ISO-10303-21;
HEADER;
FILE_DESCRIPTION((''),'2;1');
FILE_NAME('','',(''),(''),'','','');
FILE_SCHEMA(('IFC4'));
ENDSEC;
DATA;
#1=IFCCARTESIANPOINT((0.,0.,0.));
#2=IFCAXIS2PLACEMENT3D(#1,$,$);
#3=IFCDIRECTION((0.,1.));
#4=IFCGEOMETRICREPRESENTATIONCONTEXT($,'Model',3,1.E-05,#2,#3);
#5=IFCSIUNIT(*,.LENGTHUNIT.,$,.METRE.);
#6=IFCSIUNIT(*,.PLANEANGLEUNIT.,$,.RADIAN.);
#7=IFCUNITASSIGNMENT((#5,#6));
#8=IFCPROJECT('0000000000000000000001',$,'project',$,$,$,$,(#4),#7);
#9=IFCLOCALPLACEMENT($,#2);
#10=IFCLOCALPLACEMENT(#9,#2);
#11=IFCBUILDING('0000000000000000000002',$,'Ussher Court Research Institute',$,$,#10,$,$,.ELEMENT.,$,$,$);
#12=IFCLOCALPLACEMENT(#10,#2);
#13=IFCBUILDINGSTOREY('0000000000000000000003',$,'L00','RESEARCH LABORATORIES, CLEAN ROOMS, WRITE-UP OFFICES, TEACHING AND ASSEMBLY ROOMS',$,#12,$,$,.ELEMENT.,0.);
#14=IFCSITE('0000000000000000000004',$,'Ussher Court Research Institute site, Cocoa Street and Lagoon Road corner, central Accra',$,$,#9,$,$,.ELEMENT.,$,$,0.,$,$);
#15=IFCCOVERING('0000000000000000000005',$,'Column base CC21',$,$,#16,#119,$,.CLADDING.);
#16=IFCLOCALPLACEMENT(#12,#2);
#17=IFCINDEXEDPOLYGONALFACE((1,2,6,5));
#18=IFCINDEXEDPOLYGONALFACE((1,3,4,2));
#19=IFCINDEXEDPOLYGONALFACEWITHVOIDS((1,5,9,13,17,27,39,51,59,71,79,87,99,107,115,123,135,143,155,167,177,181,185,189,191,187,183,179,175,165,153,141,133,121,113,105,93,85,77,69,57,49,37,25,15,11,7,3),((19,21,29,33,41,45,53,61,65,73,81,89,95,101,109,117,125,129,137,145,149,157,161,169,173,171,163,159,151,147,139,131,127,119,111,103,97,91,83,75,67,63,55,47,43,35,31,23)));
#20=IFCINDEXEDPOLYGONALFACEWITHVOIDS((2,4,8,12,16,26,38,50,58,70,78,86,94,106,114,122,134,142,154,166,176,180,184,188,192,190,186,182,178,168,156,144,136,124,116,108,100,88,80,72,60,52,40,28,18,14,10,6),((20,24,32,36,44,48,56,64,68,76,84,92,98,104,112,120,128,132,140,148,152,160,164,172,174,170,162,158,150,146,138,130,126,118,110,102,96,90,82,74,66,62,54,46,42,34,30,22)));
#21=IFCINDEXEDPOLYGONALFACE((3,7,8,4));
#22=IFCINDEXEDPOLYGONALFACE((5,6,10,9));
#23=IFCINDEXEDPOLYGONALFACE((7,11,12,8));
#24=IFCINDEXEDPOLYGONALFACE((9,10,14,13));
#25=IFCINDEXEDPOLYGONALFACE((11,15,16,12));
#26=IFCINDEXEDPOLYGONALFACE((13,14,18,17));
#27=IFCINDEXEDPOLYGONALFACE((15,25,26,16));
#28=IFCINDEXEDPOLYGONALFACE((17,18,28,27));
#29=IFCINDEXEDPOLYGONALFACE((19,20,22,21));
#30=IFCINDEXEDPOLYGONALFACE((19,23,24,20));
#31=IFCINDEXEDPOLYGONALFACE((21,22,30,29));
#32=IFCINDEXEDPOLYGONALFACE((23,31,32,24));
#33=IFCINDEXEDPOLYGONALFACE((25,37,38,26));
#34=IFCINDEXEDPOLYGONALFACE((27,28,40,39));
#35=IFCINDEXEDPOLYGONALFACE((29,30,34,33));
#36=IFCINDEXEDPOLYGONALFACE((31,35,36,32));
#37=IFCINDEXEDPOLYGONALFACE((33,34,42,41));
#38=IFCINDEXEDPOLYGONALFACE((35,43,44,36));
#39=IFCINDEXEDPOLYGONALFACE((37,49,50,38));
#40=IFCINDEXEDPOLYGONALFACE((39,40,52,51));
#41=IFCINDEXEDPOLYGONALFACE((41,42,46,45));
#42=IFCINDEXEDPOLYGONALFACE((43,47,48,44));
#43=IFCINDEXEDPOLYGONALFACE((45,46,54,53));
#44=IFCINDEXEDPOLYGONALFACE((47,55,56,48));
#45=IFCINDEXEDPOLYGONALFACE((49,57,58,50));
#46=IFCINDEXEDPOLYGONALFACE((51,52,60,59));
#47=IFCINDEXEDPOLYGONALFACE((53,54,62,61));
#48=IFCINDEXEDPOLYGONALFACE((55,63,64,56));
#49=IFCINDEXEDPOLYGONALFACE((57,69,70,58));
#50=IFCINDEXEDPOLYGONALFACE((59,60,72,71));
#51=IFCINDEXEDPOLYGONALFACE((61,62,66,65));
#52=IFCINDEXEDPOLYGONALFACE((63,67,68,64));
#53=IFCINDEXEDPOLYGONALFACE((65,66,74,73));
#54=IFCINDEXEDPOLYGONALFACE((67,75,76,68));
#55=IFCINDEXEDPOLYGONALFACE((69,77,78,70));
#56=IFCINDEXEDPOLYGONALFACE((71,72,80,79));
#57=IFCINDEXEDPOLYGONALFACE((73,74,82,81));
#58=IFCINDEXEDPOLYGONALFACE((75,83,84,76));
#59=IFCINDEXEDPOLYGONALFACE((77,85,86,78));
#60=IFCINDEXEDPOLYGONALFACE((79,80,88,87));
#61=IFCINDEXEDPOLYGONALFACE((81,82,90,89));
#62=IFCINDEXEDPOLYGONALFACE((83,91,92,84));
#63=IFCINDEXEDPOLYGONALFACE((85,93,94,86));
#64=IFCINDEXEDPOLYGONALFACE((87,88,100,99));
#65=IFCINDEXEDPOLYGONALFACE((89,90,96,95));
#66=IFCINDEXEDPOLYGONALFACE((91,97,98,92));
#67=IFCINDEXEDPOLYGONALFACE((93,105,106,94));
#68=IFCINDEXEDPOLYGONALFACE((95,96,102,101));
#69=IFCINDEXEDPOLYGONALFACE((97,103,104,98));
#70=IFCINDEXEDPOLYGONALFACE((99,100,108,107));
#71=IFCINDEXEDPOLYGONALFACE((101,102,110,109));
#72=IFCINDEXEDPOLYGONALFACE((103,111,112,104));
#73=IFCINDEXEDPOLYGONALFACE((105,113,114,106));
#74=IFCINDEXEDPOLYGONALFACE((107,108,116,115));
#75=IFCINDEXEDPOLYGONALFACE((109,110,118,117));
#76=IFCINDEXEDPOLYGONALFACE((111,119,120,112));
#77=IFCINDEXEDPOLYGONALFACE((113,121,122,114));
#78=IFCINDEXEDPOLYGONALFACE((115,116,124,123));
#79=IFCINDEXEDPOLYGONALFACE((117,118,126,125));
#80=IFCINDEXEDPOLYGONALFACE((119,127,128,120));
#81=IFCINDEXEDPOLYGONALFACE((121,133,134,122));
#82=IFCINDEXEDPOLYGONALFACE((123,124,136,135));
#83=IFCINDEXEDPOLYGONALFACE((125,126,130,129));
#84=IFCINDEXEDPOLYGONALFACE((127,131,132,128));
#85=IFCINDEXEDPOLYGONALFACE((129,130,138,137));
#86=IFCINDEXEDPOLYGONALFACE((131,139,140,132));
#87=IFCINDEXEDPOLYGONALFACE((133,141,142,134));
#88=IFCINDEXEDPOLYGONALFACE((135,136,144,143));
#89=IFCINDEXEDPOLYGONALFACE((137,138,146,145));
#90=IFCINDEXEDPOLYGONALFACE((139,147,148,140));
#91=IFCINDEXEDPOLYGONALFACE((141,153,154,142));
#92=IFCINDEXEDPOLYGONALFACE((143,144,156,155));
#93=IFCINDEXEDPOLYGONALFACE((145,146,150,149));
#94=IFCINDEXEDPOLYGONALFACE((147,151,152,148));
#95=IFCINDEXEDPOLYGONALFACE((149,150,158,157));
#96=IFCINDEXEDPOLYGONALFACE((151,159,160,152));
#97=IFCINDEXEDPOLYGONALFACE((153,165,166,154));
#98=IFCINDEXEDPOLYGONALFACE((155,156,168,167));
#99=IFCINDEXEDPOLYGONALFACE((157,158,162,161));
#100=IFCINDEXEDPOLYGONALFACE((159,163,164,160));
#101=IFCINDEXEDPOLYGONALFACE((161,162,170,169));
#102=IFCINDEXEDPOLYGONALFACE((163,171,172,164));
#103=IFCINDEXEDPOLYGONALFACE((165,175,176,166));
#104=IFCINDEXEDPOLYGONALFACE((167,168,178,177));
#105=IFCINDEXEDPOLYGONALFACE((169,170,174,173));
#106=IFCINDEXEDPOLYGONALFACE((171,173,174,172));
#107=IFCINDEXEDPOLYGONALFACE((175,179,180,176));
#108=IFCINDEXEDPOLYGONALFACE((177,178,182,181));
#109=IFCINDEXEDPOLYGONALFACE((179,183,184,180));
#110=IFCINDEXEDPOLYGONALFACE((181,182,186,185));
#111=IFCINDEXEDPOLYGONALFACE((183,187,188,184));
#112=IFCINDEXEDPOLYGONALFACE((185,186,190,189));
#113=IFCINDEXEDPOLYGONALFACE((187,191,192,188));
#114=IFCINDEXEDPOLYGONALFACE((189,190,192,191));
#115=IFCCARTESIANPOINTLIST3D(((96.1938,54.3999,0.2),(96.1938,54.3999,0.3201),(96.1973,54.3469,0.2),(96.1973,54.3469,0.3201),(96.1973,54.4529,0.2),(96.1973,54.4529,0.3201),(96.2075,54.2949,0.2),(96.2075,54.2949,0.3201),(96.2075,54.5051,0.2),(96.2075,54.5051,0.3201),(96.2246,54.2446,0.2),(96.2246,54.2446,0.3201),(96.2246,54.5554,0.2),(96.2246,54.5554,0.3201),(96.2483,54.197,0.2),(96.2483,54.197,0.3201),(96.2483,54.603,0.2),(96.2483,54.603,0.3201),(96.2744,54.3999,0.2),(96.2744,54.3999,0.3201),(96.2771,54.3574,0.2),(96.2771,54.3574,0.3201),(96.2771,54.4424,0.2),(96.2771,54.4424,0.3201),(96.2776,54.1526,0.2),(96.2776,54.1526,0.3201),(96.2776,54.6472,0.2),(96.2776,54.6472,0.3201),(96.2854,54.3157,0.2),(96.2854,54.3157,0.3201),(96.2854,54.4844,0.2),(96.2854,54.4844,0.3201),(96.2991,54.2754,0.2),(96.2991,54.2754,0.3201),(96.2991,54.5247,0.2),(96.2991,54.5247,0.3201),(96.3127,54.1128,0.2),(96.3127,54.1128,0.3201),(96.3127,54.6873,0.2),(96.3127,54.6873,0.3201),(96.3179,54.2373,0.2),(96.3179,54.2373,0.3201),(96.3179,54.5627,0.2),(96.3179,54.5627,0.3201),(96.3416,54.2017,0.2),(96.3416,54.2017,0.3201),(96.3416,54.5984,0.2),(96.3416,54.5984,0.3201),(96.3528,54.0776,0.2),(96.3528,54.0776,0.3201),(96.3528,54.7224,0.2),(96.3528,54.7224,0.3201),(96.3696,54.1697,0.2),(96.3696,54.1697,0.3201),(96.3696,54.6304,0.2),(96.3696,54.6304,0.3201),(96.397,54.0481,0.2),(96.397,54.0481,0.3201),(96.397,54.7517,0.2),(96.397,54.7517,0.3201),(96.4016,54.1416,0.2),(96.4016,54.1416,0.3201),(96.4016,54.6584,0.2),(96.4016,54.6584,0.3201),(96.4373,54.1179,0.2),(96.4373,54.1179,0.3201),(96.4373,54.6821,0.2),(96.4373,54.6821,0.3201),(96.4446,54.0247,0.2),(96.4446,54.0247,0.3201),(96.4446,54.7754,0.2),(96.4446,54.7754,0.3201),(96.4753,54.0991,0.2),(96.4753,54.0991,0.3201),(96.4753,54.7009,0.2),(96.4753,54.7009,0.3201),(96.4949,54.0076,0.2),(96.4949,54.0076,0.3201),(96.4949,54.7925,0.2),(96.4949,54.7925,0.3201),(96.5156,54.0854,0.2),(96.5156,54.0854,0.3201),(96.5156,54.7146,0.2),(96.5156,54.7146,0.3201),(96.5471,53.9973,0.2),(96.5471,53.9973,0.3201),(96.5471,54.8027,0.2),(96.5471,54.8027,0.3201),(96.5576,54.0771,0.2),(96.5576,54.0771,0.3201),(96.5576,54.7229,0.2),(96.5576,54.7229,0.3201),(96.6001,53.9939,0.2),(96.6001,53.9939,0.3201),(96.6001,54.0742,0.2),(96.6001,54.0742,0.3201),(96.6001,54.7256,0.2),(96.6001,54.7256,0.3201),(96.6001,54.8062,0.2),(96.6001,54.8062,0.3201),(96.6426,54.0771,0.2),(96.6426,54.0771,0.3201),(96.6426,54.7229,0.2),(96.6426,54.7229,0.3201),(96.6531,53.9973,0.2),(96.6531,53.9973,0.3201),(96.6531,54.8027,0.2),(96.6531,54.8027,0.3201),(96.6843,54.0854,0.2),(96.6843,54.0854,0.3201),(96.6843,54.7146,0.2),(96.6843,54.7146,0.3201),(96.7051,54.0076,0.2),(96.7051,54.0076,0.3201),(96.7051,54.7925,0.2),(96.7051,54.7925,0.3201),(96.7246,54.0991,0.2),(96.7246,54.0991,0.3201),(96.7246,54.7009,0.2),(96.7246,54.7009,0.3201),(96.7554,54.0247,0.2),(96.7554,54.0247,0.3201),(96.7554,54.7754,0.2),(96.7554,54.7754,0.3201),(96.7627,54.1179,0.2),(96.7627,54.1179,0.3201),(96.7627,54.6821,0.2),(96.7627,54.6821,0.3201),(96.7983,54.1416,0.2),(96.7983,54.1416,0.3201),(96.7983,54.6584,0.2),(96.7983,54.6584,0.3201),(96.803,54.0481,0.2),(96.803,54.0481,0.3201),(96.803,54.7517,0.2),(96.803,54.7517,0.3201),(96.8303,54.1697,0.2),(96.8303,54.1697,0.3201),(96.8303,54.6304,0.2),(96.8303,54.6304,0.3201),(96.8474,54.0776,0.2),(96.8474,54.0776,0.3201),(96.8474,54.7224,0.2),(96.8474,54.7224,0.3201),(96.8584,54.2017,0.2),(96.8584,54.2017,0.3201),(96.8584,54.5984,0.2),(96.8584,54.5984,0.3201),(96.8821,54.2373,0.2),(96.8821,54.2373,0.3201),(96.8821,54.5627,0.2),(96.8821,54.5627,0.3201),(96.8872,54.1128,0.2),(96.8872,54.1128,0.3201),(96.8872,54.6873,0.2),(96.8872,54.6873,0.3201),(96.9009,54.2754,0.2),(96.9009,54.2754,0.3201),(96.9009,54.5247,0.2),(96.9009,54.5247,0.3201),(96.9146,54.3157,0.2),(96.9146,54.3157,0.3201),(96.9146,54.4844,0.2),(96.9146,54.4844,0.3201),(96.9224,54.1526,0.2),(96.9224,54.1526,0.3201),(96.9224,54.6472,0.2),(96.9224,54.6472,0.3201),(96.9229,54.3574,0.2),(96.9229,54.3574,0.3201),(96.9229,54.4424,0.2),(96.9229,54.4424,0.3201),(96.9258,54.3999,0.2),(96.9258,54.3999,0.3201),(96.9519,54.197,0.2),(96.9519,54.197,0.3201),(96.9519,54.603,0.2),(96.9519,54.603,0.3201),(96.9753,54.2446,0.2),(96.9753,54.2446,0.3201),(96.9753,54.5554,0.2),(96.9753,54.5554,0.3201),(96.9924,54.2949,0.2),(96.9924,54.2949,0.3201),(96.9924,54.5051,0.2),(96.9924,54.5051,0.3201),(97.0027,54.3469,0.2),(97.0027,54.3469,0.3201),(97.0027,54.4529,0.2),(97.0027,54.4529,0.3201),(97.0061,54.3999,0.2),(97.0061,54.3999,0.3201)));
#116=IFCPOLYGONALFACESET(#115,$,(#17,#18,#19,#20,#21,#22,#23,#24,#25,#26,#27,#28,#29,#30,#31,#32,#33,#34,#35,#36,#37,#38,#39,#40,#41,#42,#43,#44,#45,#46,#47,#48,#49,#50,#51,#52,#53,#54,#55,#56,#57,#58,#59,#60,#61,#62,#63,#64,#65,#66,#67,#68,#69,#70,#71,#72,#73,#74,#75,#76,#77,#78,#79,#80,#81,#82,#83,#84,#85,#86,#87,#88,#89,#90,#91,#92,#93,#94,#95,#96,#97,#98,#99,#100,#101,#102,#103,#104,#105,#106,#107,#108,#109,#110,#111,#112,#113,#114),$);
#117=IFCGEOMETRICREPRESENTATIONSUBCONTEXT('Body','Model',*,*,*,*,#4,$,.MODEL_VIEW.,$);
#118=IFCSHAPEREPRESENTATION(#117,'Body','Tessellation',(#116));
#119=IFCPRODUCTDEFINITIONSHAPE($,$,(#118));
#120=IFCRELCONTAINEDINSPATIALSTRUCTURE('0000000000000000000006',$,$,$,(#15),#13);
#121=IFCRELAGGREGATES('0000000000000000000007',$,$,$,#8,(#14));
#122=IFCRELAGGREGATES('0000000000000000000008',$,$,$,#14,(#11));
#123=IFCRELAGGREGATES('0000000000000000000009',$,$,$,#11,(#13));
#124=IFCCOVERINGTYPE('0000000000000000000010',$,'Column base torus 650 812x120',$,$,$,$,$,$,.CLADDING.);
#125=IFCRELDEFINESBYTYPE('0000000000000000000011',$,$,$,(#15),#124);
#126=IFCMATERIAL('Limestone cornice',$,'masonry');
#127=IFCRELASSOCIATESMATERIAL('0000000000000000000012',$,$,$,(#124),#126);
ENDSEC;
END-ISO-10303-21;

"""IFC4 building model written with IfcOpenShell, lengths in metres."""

from ifc_helpers import new_model, si_unit, direction, frame, origin, place, context, subcontext, project, spatial, polyline, outline, extrude, material, type_object, element, save


model = new_model("IFC4")

# Units and contexts
model_context = context("Model", 3, precision=1e-05, world=origin(), true_north=direction((0.0, 1.0)))
body_context = subcontext(model_context, "Body", "Model", "MODEL_VIEW")
ifc_project = project(units=[si_unit("LENGTHUNIT", "METRE"), si_unit("PLANEANGLEUNIT", "RADIAN")], contexts=[model_context])

# Site, building, storey
site_placement = place(None, origin())
site = spatial("IfcSite", under=ifc_project, at=site_placement, Name="Ussher Court Research Institute site, Cocoa Street and Lagoon Road corner, central Accra", CompositionType="ELEMENT", RefElevation=0.0)
building_placement = place(site_placement, origin())
building = spatial("IfcBuilding", under=site, at=building_placement, Name="Ussher Court Research Institute", CompositionType="ELEMENT")
storey_placement = place(building_placement, origin())
storey = spatial("IfcBuildingStorey", under=building, at=storey_placement, Name="L00", Description="RESEARCH LABORATORIES, CLEAN ROOMS, WRITE-UP OFFICES, TEACHING AND ASSEMBLY ROOMS", CompositionType="ELEMENT", Elevation=0.0)

# Covering
ifc_material_1 = material(Name="Limestone cornice", Category="masonry")
covering_type_1 = type_object("IfcCoveringType", Name="Column base torus 650 812x120", PredefinedType="CLADDING", material=ifc_material_1)
covering_1_placement = place(storey_placement, frame((0.0, 0.0, 0.2)))
element("IfcCovering", 1, at=covering_1_placement, inside=storey, type_object=covering_type_1, Name="Column base CC21", PredefinedType="CLADDING", context=body_context, shape_type="SweptSolid", body=[
    extrude(outline(polyline([(97.0061, 54.3999), (97.0027, 54.4529), (96.9924, 54.5051), (96.9753, 54.5554), (96.9519, 54.603), (96.9224, 54.6472), (96.8872, 54.6873), (96.8474, 54.7224), (96.803, 54.7517), (96.7554, 54.7754), (96.7051, 54.7925), (96.6531, 54.8027), (96.6001, 54.8062), (96.5471, 54.8027), (96.4949, 54.7925), (96.4446, 54.7754), (96.397, 54.7517), (96.3528, 54.7224), (96.3127, 54.6873), (96.2776, 54.6472), (96.2483, 54.603), (96.2246, 54.5554), (96.2075, 54.5051), (96.1973, 54.4529), (96.1938, 54.3999), (96.1973, 54.3469), (96.2075, 54.2949), (96.2246, 54.2446), (96.2483, 54.197), (96.2776, 54.1526), (96.3127, 54.1128), (96.3528, 54.0776), (96.397, 54.0481), (96.4446, 54.0247), (96.4949, 54.0076), (96.5471, 53.9973), (96.6001, 53.9939), (96.6531, 53.9973), (96.7051, 54.0076), (96.7554, 54.0247), (96.803, 54.0481), (96.8474, 54.0776), (96.8872, 54.1128), (96.9224, 54.1526), (96.9519, 54.197), (96.9753, 54.2446), (96.9924, 54.2949), (97.0027, 54.3469), (97.0061, 54.3999)]), holes=[polyline([(96.9258, 54.3999), (96.9229, 54.4424), (96.9146, 54.4844), (96.9009, 54.5247), (96.8821, 54.5627), (96.8584, 54.5984), (96.8303, 54.6304), (96.7983, 54.6584), (96.7627, 54.6821), (96.7246, 54.7009), (96.6843, 54.7146), (96.6426, 54.7229), (96.6001, 54.7256), (96.5576, 54.7229), (96.5156, 54.7146), (96.4753, 54.7009), (96.4373, 54.6821), (96.4016, 54.6584), (96.3696, 54.6304), (96.3416, 54.5984), (96.3179, 54.5627), (96.2991, 54.5247), (96.2854, 54.4844), (96.2771, 54.4424), (96.2744, 54.3999), (96.2771, 54.3574), (96.2854, 54.3157), (96.2991, 54.2754), (96.3179, 54.2373), (96.3416, 54.2017), (96.3696, 54.1697), (96.4016, 54.1416), (96.4373, 54.1179), (96.4753, 54.0991), (96.5156, 54.0854), (96.5576, 54.0771), (96.6001, 54.0742), (96.6426, 54.0771), (96.6843, 54.0854), (96.7246, 54.0991), (96.7627, 54.1179), (96.7983, 54.1416), (96.8303, 54.1697), (96.8584, 54.2017), (96.8821, 54.2373), (96.9009, 54.2754), (96.9146, 54.3157), (96.9229, 54.3574), (96.9258, 54.3999)])]), origin(), (0.0, 0.0, 1.0), 0.1201),
])

save(model, "model.ifc")
